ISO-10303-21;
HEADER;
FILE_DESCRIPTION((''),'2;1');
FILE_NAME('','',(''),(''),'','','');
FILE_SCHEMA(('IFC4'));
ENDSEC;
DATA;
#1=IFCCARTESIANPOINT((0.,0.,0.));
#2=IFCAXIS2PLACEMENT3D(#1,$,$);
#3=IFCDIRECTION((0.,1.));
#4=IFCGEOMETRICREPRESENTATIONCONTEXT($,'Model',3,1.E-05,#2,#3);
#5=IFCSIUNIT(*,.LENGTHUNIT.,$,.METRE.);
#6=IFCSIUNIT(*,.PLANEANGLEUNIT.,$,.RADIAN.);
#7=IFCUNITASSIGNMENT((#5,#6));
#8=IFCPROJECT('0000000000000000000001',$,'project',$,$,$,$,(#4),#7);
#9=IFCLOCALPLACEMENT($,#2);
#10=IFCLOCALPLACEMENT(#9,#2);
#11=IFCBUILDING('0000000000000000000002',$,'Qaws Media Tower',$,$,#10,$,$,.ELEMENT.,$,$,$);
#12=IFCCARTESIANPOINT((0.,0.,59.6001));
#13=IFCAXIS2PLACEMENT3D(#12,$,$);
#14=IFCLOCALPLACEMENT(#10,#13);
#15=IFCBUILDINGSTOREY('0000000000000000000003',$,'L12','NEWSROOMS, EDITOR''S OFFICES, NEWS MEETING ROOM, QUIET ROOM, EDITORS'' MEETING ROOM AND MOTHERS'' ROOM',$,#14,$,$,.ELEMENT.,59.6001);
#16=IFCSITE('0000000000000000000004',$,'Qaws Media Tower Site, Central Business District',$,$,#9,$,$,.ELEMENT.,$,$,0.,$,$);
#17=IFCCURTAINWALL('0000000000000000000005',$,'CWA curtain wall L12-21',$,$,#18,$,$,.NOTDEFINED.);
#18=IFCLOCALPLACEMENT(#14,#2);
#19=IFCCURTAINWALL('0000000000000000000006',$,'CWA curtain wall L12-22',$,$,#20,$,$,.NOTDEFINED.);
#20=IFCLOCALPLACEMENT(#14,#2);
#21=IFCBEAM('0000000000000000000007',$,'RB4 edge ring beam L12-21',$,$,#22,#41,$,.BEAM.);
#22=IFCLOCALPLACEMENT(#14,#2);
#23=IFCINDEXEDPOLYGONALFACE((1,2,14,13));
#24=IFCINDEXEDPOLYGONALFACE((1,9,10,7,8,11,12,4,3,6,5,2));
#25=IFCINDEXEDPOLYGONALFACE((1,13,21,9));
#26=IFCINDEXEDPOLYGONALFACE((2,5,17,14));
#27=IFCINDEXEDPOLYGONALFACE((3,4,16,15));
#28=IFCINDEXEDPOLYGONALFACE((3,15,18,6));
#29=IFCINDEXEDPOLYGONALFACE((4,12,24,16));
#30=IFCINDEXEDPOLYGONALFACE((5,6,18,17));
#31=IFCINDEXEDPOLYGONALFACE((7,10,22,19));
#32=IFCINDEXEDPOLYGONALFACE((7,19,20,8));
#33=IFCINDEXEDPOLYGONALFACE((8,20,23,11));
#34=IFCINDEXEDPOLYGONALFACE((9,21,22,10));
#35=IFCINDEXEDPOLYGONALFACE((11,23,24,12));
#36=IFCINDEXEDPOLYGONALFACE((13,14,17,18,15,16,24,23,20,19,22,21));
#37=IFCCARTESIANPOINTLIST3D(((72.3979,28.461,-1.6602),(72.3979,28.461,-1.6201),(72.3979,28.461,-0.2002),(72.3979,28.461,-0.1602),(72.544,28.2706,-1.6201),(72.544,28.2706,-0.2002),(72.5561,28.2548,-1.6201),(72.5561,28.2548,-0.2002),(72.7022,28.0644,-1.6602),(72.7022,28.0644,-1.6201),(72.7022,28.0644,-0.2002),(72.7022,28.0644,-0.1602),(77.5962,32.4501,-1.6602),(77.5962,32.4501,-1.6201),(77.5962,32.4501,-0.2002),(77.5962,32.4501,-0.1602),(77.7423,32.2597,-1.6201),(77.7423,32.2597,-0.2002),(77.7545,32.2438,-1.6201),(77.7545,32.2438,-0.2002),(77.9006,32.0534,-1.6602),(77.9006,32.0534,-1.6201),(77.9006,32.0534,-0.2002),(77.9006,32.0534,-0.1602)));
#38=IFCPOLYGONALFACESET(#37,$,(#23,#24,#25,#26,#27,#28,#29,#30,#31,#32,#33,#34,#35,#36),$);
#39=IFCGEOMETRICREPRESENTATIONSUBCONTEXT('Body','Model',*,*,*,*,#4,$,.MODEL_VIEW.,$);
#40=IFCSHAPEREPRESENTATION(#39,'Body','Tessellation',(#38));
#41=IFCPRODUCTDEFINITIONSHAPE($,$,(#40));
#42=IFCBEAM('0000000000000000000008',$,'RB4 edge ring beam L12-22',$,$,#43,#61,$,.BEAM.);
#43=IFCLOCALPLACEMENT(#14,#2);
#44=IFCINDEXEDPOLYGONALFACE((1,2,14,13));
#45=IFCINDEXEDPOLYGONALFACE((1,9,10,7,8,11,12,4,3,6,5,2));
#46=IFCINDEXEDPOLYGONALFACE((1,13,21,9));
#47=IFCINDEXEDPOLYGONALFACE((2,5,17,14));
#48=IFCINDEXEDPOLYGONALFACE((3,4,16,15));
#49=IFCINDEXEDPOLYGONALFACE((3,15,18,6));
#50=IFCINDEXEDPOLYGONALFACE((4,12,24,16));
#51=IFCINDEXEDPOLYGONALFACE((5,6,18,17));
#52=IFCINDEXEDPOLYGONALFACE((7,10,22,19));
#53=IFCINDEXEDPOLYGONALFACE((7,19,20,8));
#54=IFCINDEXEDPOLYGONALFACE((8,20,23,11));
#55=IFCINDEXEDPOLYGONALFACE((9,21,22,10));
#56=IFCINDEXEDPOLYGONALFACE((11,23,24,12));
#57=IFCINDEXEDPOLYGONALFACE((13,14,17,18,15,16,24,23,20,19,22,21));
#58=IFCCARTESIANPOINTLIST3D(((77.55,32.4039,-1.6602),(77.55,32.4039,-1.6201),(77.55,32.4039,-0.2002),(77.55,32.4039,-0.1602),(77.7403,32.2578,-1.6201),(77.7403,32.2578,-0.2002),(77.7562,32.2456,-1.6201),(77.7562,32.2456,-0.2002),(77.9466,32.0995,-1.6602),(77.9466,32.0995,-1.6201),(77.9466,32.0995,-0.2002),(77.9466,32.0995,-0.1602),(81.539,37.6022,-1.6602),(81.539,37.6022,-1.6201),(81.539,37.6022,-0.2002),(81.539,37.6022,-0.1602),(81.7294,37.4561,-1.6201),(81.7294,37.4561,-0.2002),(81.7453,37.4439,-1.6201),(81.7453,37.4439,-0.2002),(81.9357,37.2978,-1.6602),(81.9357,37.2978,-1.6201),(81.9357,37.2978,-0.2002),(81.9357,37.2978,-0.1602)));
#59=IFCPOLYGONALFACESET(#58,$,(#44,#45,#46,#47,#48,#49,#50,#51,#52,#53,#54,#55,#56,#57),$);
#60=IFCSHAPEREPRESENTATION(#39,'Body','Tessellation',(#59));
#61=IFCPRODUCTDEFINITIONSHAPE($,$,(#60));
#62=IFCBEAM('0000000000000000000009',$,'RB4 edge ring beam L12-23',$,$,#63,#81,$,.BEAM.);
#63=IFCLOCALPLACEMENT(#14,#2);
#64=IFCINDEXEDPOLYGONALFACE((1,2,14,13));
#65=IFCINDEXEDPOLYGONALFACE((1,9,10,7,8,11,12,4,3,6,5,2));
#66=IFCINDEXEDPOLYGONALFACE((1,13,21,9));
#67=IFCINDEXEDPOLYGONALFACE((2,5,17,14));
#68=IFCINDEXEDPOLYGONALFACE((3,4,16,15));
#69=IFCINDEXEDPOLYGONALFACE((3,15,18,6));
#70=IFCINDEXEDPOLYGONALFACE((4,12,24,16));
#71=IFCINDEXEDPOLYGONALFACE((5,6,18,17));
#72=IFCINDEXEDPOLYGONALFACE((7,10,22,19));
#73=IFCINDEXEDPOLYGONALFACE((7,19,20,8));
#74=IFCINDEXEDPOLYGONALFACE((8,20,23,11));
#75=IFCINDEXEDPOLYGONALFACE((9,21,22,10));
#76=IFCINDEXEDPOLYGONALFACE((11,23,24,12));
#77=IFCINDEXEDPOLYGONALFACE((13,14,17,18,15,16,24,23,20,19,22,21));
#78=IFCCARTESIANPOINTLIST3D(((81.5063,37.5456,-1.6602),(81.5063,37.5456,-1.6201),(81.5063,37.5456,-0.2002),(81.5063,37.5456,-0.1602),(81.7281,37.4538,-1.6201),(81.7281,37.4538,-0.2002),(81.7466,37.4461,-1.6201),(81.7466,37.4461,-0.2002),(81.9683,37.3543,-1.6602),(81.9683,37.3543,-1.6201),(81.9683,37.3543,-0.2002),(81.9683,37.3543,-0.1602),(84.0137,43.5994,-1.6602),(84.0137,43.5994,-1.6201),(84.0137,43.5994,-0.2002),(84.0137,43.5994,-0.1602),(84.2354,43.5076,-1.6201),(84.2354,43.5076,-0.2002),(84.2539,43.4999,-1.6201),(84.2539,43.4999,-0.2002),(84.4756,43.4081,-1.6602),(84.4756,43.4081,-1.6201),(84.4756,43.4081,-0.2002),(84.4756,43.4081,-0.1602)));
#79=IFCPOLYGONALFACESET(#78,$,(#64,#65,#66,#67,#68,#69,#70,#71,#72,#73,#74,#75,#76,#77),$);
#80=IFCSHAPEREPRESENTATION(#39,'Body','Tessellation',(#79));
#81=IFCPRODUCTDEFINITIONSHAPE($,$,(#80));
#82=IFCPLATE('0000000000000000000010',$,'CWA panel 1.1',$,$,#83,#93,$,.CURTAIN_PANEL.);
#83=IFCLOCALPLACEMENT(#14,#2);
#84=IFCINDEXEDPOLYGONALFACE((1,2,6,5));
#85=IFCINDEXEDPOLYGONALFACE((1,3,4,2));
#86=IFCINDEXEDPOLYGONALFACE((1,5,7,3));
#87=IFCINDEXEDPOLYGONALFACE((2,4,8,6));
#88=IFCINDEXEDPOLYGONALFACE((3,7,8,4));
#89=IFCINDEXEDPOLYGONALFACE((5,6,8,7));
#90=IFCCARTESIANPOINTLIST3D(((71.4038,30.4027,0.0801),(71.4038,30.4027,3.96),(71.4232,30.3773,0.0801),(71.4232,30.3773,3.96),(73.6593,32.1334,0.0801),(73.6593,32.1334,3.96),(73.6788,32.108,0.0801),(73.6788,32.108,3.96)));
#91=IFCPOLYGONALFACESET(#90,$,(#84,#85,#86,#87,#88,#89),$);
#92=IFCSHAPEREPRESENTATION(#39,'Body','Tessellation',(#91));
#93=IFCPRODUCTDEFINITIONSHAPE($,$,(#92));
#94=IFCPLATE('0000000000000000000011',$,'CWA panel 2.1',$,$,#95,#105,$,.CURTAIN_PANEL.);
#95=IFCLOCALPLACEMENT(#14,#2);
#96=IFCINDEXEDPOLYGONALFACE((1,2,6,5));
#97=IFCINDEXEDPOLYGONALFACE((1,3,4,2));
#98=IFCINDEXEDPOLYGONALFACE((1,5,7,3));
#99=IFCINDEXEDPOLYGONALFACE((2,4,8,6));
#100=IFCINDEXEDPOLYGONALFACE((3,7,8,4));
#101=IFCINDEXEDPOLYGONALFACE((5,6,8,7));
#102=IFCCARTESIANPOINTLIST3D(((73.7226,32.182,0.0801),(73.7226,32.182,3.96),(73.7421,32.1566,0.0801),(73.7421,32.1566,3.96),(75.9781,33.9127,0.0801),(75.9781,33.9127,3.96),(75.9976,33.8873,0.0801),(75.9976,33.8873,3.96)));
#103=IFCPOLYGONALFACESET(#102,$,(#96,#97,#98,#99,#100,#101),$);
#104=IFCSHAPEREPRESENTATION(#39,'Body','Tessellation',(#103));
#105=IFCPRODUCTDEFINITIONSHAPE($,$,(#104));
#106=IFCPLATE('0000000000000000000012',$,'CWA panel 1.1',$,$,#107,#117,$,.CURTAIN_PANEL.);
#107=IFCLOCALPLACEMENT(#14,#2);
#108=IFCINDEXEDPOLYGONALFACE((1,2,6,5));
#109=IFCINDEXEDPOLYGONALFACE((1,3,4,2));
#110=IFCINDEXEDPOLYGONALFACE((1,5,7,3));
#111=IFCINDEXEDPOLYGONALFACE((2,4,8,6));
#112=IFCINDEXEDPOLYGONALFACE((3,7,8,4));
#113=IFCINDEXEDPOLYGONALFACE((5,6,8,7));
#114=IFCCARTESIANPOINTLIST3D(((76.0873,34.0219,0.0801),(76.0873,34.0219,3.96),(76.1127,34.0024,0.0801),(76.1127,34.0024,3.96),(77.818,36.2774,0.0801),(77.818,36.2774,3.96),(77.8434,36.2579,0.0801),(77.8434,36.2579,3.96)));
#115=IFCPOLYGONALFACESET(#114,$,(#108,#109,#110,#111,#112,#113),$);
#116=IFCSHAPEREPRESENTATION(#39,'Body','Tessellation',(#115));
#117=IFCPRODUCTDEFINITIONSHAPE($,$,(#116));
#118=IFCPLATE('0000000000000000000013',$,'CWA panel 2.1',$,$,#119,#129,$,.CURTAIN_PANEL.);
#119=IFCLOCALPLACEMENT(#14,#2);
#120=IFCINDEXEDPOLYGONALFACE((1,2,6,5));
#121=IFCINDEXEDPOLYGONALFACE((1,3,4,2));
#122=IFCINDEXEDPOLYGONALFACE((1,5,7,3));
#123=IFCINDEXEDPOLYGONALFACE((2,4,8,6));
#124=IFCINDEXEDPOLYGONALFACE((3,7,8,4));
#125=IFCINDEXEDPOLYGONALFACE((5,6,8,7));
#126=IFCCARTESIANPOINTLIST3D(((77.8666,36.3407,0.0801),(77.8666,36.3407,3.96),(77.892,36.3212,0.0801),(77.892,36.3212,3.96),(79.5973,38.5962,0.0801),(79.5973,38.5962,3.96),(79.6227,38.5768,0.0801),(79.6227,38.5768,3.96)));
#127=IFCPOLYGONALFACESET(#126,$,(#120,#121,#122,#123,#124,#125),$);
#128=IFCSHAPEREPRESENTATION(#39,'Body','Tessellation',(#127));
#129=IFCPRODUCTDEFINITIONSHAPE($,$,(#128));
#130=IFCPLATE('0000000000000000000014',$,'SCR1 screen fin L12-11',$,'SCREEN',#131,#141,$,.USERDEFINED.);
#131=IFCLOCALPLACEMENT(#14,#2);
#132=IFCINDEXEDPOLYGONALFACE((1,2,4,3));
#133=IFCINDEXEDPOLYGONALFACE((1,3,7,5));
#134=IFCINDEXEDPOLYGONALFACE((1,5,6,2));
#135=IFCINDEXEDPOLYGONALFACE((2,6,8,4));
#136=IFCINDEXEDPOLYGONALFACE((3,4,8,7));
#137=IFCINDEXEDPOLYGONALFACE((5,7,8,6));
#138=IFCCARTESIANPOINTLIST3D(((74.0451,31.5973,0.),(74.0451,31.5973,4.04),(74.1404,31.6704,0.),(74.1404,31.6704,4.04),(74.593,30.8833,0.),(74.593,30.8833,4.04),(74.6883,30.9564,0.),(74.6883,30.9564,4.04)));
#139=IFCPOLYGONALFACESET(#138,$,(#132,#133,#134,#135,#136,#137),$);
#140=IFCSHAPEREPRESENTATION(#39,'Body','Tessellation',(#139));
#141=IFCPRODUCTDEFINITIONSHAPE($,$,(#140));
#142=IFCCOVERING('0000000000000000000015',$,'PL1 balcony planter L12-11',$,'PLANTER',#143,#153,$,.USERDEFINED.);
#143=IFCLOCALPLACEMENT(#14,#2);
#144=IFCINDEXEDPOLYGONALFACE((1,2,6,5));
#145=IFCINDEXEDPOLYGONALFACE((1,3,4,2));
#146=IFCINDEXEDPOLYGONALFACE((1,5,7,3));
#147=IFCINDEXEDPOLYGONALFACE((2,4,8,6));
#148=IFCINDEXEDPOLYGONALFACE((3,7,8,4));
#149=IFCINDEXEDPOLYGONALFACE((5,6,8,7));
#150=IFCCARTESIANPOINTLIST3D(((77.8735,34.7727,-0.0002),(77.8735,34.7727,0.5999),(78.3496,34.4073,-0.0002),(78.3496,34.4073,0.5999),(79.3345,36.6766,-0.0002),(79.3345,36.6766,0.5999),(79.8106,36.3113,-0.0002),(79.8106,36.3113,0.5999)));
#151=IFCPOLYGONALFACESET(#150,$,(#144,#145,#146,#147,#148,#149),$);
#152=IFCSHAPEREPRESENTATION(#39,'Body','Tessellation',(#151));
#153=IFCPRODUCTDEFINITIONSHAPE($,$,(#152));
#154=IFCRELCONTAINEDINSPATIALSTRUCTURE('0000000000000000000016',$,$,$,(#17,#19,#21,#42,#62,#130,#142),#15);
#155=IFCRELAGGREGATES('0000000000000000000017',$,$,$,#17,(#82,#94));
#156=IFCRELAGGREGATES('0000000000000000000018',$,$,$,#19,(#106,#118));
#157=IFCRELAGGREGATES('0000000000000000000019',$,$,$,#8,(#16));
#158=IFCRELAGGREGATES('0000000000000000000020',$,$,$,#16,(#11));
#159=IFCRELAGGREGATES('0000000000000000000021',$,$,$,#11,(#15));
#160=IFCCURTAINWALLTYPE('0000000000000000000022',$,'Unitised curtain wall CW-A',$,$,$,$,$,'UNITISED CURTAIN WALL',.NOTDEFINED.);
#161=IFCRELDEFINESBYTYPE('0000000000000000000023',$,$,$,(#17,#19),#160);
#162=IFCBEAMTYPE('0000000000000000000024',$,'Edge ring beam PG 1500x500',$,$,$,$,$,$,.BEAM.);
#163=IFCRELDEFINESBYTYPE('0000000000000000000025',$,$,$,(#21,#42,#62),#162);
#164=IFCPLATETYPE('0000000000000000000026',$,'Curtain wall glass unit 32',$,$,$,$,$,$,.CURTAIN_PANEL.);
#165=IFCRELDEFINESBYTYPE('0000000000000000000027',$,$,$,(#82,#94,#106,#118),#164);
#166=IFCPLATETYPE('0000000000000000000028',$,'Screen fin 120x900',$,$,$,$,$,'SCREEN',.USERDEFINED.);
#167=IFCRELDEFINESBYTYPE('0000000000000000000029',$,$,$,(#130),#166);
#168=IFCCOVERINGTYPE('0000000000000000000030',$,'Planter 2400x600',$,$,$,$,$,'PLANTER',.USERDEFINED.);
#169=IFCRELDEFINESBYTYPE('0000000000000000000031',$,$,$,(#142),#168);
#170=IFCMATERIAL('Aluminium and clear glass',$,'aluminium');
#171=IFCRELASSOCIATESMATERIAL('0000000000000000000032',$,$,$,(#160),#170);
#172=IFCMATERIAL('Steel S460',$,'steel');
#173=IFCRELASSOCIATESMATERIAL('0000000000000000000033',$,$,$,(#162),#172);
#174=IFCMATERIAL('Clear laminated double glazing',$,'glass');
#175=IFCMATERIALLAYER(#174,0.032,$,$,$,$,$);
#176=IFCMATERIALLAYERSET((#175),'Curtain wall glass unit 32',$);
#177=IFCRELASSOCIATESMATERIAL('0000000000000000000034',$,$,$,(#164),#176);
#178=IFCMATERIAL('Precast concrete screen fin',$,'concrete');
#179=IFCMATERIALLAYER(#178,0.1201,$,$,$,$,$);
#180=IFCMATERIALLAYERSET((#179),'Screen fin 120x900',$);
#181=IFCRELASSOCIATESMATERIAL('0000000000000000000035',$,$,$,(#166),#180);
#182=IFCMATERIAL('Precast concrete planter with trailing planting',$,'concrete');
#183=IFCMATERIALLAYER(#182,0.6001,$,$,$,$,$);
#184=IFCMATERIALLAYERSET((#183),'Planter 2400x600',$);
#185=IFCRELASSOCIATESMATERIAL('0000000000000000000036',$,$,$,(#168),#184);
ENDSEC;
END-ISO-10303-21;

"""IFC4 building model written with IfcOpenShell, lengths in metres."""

from ifc_helpers import new_model, si_unit, direction, frame, origin, origin_2d, place, context, subcontext, project, spatial, rectangle, i_section, extrude, material, layer, layer_set, material_profile, profile_set, type_object, element, aggregate, save


model = new_model("IFC4")

# Units and contexts
model_context = context("Model", 3, precision=1e-05, world=origin(), true_north=direction((0.0, 1.0)))
body_context = subcontext(model_context, "Body", "Model", "MODEL_VIEW")
ifc_project = project(units=[si_unit("LENGTHUNIT", "METRE"), si_unit("PLANEANGLEUNIT", "RADIAN")], contexts=[model_context])

# Site, building, storey
site_placement = place(None, origin())
site = spatial("IfcSite", under=ifc_project, at=site_placement, Name="Qaws Media Tower Site, Central Business District", CompositionType="ELEMENT", RefElevation=0.0)
building_placement = place(site_placement, origin())
building = spatial("IfcBuilding", under=site, at=building_placement, Name="Qaws Media Tower", CompositionType="ELEMENT")
storey_placement = place(building_placement, frame((0.0, 0.0, 59.6001)))
storey = spatial("IfcBuildingStorey", under=building, at=storey_placement, Name="L12", Description="NEWSROOMS, EDITOR'S OFFICES, NEWS MEETING ROOM, QUIET ROOM, EDITORS' MEETING ROOM AND MOTHERS' ROOM", CompositionType="ELEMENT", Elevation=59.6001)

# Shared definitions
ifc_material_1 = material(Name="Aluminium and clear glass", Category="aluminium")
curtain_wall_type = type_object("IfcCurtainWallType", Name="Unitised curtain wall CW-A", ElementType="UNITISED CURTAIN WALL", PredefinedType="NOTDEFINED", material=ifc_material_1)

# Curtain walls
curtain_wall_1_placement = place(storey_placement, origin())
curtain_wall_1 = element("IfcCurtainWall", 1, at=curtain_wall_1_placement, inside=storey, type_object=curtain_wall_type, Name="CWA curtain wall L12-21", PredefinedType="NOTDEFINED")
curtain_wall_2_placement = place(storey_placement, origin())
curtain_wall_2 = element("IfcCurtainWall", 2, at=curtain_wall_2_placement, inside=storey, type_object=curtain_wall_type, Name="CWA curtain wall L12-22", PredefinedType="NOTDEFINED")

# Beams
ifc_material_2 = material(Name="Steel S460", Category="steel")
ifc_material_profile_1 = material_profile(ifc_material_2, i_section(OverallWidth=0.5, OverallDepth=1.5, WebThickness=0.02, FlangeThickness=0.04, at=origin_2d()), Name="PG 1500x500")
ifc_profile_set_1 = profile_set([ifc_material_profile_1], Name="Steel S460")
beam_type = type_object("IfcBeamType", Name="Edge ring beam PG 1500x500", PredefinedType="BEAM", material=ifc_profile_set_1)
for number, where, z_axis, x_axis, name in (
    (3, (72.55, 28.2627, -0.9102), (0.793334, 0.608787, 0.0), (-0.608787, 0.793334, 0.0), "RB4 edge ring beam L12-21"),
    (4, (77.7483, 32.2517, -0.9102), (0.608787, 0.793334, 0.0), (-0.793334, 0.608787, 0.0), "RB4 edge ring beam L12-22"),
    (5, (81.7373, 37.45, -0.9102), (0.382657, 0.923891, 0.0), (-0.923891, 0.382657, 0.0), "RB4 edge ring beam L12-23"),
):
    element("IfcBeam", number, at=place(storey_placement, frame(where, z_axis=z_axis, x_axis=x_axis)), inside=storey, type_object=beam_type, Name=name, PredefinedType="BEAM", context=body_context, shape_type="SweptSolid", body=[
        extrude(i_section(OverallWidth=0.5, OverallDepth=1.5, WebThickness=0.02, FlangeThickness=0.04, at=origin_2d()), origin(), (0.0, 0.0, 1.0), 6.5525),
    ])

# Plates
ifc_material_3 = material(Name="Clear laminated double glazing", Category="glass")
ifc_layer_1 = layer(ifc_material_3, 0.032)
ifc_layer_set_1 = layer_set([ifc_layer_1], Name="Curtain wall glass unit 32")
plate_type_1 = type_object("IfcPlateType", Name="Curtain wall glass unit 32", PredefinedType="CURTAIN_PANEL", material=ifc_layer_set_1)
plate_1_placement = place(storey_placement, frame((72.5413, 31.2554, 0.0801), z_axis=(0.0, 0.0, 1.0), x_axis=(0.793353, 0.608761, 0.0)))
plate_1 = element("IfcPlate", 6, at=plate_1_placement, type_object=plate_type_1, Name="CWA panel 1.1", PredefinedType="CURTAIN_PANEL", context=body_context, shape_type="SweptSolid", body=[
    extrude(rectangle(XDim=2.843, YDim=0.032, at=origin_2d()), origin(), (0.0, 0.0, 1.0), 3.8799),
])
plate_2_placement = place(storey_placement, frame((74.8601, 33.0347, 0.0801), z_axis=(0.0, 0.0, 1.0), x_axis=(0.793353, 0.608761, 0.0)))
plate_2 = element("IfcPlate", 7, at=plate_2_placement, type_object=plate_type_1, Name="CWA panel 2.1", PredefinedType="CURTAIN_PANEL", context=body_context, shape_type="SweptSolid", body=[
    extrude(rectangle(XDim=2.843, YDim=0.032, at=origin_2d()), origin(), (0.0, 0.0, 1.0), 3.8799),
])
aggregate(curtain_wall_1, [plate_1, plate_2])
plate_3_placement = place(storey_placement, frame((76.9653, 35.1399, 0.0801), z_axis=(0.0, 0.0, 1.0), x_axis=(0.608761, 0.793353, 0.0)))
plate_3 = element("IfcPlate", 8, at=plate_3_placement, type_object=plate_type_1, Name="CWA panel 1.1", PredefinedType="CURTAIN_PANEL", context=body_context, shape_type="SweptSolid", body=[
    extrude(rectangle(XDim=2.843, YDim=0.032, at=origin_2d()), origin(), (0.0, 0.0, 1.0), 3.8799),
])
plate_4_placement = place(storey_placement, frame((78.7446, 37.4587, 0.0801), z_axis=(0.0, 0.0, 1.0), x_axis=(0.608761, 0.793353, 0.0)))
plate_4 = element("IfcPlate", 9, at=plate_4_placement, type_object=plate_type_1, Name="CWA panel 2.1", PredefinedType="CURTAIN_PANEL", context=body_context, shape_type="SweptSolid", body=[
    extrude(rectangle(XDim=2.843, YDim=0.032, at=origin_2d()), origin(), (0.0, 0.0, 1.0), 3.8799),
])
aggregate(curtain_wall_2, [plate_3, plate_4])
ifc_material_4 = material(Name="Precast concrete screen fin", Category="concrete")
ifc_layer_2 = layer(ifc_material_4, 0.1201)
ifc_layer_set_2 = layer_set([ifc_layer_2], Name="Screen fin 120x900")
plate_type_2 = type_object("IfcPlateType", Name="Screen fin 120x900", ElementType="SCREEN", PredefinedType="USERDEFINED", material=ifc_layer_set_2)
plate_5_placement = place(storey_placement, frame((74.3667, 31.2769, 0.0), z_axis=(0.0, 0.0, 1.0), x_axis=(0.608761, -0.793353, 0.0)))
element("IfcPlate", 10, at=plate_5_placement, inside=storey, type_object=plate_type_2, Name="SCR1 screen fin L12-11", ObjectType="SCREEN", PredefinedType="USERDEFINED", context=body_context, shape_type="SweptSolid", body=[
    extrude(rectangle(XDim=0.8999, YDim=0.1201, at=origin_2d()), origin(), (0.0, 0.0, 1.0), 4.04),
])

# Covering
ifc_material_5 = material(Name="Precast concrete planter with trailing planting", Category="concrete")
ifc_layer_3 = layer(ifc_material_5, 0.6001)
ifc_layer_set_3 = layer_set([ifc_layer_3], Name="Planter 2400x600")
covering_type = type_object("IfcCoveringType", Name="Planter 2400x600", ElementType="PLANTER", PredefinedType="USERDEFINED", material=ifc_layer_set_3)
covering_placement = place(storey_placement, frame((78.842, 35.542, -0.0002), z_axis=(0.0, 0.0, 1.0), x_axis=(0.608761, 0.793353, 0.0)))
element("IfcCovering", 11, at=covering_placement, inside=storey, type_object=covering_type, Name="PL1 balcony planter L12-11", ObjectType="PLANTER", PredefinedType="USERDEFINED", context=body_context, shape_type="SweptSolid", body=[
    extrude(rectangle(XDim=2.3999, YDim=0.6001, at=origin_2d()), origin(), (0.0, 0.0, 1.0), 0.6001),
])

save(model, "model.ifc")
